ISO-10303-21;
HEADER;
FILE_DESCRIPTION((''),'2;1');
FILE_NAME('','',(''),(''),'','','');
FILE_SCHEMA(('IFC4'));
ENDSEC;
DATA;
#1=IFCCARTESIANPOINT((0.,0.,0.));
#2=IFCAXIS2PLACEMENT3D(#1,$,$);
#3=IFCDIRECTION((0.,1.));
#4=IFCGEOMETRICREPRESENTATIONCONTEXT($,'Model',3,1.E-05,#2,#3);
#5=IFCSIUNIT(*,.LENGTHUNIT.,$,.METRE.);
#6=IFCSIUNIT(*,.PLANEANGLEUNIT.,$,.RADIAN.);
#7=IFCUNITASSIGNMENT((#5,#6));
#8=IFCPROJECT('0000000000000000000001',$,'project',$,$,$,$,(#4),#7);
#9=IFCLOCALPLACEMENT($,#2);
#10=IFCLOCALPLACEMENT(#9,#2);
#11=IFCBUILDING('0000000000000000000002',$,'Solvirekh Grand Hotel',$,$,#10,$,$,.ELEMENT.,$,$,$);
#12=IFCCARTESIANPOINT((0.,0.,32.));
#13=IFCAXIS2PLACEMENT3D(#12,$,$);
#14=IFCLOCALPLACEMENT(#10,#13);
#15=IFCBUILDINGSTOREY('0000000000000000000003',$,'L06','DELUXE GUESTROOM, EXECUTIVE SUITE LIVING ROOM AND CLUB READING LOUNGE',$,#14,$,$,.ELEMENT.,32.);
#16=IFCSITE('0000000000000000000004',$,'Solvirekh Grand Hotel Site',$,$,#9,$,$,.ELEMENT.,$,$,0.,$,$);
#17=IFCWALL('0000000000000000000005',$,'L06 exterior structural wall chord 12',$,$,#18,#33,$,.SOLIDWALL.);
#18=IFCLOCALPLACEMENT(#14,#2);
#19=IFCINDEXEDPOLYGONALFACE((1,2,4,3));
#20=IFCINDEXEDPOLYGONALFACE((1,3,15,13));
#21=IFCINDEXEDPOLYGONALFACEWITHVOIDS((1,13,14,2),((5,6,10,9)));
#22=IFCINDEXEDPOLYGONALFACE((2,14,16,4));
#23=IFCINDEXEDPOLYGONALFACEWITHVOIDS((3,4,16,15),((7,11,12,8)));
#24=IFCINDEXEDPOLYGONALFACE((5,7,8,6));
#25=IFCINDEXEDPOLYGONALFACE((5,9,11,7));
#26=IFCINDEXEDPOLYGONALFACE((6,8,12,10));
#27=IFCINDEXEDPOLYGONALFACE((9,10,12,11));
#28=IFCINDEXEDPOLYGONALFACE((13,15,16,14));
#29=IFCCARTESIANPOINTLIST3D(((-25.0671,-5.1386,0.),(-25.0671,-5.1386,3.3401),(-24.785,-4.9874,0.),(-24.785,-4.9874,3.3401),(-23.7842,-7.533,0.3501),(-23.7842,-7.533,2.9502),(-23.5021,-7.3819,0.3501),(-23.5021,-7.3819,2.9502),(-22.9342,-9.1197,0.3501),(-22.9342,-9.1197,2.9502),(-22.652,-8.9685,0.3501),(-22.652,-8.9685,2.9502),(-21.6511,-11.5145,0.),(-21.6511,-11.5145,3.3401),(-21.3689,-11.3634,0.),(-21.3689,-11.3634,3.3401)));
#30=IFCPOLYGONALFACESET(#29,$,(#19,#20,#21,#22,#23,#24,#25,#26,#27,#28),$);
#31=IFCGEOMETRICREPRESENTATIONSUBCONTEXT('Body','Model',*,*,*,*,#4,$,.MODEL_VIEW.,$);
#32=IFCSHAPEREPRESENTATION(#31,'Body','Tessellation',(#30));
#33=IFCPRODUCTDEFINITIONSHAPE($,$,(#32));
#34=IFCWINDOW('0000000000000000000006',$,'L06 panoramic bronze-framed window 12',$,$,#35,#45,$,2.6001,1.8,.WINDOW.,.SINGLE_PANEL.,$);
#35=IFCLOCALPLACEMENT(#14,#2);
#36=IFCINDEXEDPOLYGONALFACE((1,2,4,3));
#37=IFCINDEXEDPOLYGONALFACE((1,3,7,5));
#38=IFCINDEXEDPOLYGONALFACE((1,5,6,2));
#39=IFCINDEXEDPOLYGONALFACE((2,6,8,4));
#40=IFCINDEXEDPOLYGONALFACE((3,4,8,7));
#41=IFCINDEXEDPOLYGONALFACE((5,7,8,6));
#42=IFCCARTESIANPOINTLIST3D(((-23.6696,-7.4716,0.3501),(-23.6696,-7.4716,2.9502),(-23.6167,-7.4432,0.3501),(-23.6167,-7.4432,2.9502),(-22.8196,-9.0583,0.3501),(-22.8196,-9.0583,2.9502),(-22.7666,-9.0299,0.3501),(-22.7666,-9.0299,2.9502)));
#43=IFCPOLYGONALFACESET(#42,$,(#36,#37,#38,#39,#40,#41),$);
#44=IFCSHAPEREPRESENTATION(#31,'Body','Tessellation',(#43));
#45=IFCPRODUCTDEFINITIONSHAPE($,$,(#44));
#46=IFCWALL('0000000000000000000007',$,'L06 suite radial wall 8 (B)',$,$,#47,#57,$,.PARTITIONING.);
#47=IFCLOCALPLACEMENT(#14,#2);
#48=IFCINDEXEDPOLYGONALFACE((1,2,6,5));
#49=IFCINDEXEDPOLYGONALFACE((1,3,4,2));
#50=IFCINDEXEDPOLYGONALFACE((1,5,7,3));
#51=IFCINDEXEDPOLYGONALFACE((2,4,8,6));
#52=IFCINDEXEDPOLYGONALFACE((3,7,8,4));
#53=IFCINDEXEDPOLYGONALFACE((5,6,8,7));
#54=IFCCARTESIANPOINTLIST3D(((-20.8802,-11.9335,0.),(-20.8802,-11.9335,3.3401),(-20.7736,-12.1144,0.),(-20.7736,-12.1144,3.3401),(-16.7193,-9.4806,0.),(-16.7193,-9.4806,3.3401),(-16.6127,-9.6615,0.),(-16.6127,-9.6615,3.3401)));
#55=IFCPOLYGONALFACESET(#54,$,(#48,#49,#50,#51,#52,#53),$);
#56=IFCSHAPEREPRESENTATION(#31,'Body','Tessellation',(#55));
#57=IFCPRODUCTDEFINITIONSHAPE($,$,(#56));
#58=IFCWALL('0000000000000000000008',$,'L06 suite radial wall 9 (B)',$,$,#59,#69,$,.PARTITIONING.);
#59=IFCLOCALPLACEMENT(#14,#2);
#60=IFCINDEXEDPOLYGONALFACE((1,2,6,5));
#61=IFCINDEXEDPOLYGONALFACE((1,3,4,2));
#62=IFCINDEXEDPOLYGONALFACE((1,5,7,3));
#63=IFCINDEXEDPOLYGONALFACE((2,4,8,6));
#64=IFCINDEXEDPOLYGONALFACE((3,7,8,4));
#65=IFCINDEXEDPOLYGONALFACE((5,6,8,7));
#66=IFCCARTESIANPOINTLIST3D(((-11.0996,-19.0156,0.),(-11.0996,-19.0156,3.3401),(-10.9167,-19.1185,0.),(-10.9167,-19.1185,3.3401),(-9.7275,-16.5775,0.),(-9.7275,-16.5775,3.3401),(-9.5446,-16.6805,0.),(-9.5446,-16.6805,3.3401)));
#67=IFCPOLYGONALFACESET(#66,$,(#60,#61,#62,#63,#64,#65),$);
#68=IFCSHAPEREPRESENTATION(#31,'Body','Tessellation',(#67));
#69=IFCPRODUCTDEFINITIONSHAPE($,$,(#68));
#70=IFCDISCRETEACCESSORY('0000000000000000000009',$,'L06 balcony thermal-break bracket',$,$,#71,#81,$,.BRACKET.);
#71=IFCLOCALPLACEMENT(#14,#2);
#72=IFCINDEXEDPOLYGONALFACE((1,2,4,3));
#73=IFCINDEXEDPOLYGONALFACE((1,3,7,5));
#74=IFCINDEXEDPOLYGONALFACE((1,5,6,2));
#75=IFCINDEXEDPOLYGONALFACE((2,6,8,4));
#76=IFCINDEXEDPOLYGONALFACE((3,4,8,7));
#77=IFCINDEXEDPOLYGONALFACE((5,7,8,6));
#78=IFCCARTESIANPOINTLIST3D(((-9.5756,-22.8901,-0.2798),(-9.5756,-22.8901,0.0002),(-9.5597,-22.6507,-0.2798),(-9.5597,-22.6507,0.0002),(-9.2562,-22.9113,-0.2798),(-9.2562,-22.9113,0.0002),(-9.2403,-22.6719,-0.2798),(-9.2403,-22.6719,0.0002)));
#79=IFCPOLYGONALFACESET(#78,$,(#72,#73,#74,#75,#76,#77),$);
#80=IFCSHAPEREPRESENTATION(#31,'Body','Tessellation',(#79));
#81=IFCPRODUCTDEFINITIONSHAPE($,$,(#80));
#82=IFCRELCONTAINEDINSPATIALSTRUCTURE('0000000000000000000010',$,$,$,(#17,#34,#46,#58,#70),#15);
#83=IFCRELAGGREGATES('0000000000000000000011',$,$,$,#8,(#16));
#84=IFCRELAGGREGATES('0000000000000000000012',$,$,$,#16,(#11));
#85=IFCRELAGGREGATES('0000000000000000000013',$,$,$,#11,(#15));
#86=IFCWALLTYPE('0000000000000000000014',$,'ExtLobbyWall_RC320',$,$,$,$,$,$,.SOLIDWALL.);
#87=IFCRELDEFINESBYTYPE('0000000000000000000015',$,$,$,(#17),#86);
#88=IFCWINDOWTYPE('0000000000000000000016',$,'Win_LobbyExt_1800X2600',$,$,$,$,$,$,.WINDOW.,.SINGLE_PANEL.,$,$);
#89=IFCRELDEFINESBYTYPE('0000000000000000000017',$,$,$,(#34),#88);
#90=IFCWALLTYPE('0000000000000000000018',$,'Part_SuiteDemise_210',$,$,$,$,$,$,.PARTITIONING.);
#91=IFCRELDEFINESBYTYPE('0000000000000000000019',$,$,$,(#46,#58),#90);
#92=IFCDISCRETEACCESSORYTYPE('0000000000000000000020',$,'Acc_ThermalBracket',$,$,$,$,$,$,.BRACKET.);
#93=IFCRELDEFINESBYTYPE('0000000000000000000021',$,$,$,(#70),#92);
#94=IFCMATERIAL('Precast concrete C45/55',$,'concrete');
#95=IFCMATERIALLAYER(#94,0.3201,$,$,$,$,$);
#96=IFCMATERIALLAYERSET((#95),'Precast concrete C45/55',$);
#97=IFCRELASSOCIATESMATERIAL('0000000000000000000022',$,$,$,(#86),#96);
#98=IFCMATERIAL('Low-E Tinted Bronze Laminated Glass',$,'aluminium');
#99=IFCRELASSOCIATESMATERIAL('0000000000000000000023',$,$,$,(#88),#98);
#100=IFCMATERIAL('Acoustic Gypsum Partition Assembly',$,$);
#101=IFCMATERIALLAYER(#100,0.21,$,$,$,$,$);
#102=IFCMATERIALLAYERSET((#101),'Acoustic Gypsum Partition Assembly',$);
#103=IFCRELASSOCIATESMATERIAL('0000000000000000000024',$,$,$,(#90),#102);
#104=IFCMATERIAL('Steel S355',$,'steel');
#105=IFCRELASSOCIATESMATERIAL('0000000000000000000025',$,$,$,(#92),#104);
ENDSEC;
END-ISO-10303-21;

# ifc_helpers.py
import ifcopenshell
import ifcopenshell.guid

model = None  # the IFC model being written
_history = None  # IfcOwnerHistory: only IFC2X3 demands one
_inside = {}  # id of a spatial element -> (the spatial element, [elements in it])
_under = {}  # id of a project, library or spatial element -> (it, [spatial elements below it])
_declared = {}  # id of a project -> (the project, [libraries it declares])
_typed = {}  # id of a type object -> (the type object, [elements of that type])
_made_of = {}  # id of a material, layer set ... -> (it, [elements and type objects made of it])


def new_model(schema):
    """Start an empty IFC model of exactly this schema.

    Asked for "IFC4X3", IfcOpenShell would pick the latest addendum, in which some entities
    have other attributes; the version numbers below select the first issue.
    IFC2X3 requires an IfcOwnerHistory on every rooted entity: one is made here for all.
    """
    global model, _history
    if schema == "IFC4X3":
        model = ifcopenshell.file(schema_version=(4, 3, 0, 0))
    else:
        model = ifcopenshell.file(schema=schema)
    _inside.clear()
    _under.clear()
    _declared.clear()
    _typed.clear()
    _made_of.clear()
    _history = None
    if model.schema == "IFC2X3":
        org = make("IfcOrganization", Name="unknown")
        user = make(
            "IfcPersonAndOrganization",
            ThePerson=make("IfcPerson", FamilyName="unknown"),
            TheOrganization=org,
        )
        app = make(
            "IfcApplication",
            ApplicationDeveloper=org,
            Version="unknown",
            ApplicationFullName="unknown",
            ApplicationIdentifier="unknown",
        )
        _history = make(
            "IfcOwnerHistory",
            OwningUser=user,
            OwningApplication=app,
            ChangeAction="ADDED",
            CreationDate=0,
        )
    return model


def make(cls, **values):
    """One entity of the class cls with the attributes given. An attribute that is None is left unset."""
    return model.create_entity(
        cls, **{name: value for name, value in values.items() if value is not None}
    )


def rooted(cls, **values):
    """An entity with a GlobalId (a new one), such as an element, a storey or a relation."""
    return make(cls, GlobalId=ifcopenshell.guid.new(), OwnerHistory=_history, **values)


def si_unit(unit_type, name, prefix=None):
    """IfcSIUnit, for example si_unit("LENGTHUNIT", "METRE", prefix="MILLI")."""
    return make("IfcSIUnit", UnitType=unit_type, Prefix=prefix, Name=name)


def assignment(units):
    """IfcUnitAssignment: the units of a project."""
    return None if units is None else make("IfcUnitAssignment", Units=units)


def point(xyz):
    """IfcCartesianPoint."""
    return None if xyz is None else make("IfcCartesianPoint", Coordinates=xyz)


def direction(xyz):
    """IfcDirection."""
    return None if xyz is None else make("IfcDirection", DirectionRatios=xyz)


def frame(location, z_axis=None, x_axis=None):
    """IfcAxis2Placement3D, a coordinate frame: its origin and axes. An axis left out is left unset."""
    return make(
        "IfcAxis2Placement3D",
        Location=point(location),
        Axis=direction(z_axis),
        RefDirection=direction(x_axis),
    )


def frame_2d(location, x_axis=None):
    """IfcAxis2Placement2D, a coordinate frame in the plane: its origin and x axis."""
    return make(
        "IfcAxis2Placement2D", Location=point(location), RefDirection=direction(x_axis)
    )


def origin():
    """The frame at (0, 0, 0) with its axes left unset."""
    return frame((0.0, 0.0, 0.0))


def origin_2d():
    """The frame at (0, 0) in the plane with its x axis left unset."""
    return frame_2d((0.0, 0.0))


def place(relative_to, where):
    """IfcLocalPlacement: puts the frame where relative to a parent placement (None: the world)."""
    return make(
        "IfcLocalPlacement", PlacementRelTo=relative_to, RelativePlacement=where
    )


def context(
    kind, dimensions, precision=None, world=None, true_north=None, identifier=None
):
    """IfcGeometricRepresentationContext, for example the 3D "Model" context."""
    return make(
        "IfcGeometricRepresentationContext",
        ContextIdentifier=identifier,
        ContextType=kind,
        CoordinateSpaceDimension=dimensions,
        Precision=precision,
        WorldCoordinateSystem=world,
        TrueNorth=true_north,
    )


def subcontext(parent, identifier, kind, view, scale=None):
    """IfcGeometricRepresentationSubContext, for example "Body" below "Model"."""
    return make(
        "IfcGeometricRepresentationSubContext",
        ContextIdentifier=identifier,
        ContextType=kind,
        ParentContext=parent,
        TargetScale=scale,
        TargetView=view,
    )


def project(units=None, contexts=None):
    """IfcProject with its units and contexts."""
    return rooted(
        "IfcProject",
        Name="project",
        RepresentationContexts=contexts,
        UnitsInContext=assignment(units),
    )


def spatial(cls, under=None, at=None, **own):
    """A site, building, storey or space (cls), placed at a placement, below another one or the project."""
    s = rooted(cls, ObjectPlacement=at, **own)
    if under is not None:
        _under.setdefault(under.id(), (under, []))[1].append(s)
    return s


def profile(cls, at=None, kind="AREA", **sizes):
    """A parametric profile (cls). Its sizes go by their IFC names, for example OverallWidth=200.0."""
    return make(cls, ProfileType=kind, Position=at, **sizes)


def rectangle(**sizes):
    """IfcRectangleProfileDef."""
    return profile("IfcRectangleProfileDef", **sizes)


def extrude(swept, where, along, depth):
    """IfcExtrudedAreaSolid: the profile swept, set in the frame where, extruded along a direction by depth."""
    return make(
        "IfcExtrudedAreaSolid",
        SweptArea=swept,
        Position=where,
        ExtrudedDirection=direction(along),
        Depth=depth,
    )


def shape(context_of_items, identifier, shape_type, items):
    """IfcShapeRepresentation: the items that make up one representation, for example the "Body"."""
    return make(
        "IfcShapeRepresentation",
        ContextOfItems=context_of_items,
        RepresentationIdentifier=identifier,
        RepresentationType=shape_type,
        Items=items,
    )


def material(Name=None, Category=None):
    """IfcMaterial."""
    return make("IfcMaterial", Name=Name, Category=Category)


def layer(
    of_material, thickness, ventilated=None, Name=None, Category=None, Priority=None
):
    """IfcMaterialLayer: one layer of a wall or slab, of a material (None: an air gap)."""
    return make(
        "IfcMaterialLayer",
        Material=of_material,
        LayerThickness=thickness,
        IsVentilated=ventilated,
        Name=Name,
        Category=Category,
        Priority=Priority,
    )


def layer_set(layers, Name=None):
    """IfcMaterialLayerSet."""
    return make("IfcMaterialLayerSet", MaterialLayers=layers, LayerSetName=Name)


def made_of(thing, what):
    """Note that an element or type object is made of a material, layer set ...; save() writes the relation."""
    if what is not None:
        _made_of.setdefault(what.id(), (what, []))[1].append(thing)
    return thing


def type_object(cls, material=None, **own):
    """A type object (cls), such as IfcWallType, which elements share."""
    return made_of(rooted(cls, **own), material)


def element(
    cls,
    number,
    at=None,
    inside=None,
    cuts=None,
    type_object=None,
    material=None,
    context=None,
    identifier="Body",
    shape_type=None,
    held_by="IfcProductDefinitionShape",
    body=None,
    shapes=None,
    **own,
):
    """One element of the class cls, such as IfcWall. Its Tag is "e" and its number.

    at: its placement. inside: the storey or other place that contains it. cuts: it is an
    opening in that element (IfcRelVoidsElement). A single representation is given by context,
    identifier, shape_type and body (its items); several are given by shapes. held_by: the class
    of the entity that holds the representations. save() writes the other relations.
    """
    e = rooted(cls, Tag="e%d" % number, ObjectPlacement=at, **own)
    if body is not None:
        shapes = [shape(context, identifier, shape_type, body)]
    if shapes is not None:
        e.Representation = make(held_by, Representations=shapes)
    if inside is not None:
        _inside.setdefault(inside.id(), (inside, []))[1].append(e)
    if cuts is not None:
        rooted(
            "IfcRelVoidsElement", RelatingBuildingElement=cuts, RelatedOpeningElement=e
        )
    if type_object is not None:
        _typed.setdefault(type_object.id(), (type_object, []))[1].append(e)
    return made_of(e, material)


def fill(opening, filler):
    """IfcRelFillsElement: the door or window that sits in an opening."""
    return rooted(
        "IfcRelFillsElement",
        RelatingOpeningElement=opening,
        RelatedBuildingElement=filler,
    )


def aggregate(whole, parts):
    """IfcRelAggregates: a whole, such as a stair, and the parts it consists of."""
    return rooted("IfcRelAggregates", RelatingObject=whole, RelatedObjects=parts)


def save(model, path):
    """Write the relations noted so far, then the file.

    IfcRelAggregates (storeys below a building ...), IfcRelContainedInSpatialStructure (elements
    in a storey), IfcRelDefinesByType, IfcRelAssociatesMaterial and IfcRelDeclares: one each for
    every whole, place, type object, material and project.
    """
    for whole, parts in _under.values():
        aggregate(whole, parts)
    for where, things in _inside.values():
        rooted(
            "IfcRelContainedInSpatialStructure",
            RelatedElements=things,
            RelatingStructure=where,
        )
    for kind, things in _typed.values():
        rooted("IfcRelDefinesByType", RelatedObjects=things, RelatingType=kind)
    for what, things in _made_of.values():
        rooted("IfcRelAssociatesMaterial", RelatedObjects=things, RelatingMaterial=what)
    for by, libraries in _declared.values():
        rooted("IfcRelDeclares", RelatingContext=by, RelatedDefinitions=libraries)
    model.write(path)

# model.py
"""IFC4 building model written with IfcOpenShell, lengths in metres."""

from ifc_helpers import new_model, si_unit, direction, frame, frame_2d, origin, origin_2d, place, context, subcontext, project, spatial, rectangle, extrude, material, layer, layer_set, type_object, element, fill, save


model = new_model("IFC4")

# Units and contexts
model_context = context("Model", 3, precision=1e-05, world=origin(), true_north=direction((0.0, 1.0)))
body_context = subcontext(model_context, "Body", "Model", "MODEL_VIEW")
ifc_project = project(units=[si_unit("LENGTHUNIT", "METRE"), si_unit("PLANEANGLEUNIT", "RADIAN")], contexts=[model_context])

# Site, building, storey
site_placement = place(None, origin())
site = spatial("IfcSite", under=ifc_project, at=site_placement, Name="Solvirekh Grand Hotel Site", CompositionType="ELEMENT", RefElevation=0.0)
building_placement = place(site_placement, origin())
building = spatial("IfcBuilding", under=site, at=building_placement, Name="Solvirekh Grand Hotel", CompositionType="ELEMENT")
storey_placement = place(building_placement, frame((0.0, 0.0, 32.0)))
storey = spatial("IfcBuildingStorey", under=building, at=storey_placement, Name="L06", Description="DELUXE GUESTROOM, EXECUTIVE SUITE LIVING ROOM AND CLUB READING LOUNGE", CompositionType="ELEMENT", Elevation=32.0)

# Shared definitions
ifc_material_1 = material(Name="Steel S355", Category="steel")

# Shared definitions
ifc_material_2 = material(Name="Low-E Tinted Bronze Laminated Glass", Category="aluminium")

# Wall, opening, window
ifc_material_3 = material(Name="Precast concrete C45/55", Category="concrete")
ifc_layer_1 = layer(ifc_material_3, 0.3201)
ifc_layer_set_1 = layer_set([ifc_layer_1], Name="Precast concrete C45/55")
wall_type_1 = type_object("IfcWallType", Name="ExtLobbyWall_RC320", PredefinedType="SOLIDWALL", material=ifc_layer_set_1)
wall_1_placement = place(storey_placement, frame((-21.51, -11.439, 0.0), z_axis=(0.0, 0.0, 1.0), x_axis=(-0.472255, 0.881462, 0.0)))
wall_1 = element("IfcWall", 1, at=wall_1_placement, inside=storey, type_object=wall_type_1, Name="L06 exterior structural wall chord 12", PredefinedType="SOLIDWALL", context=body_context, shape_type="SweptSolid", body=[
    extrude(rectangle(XDim=7.2334, YDim=0.3201, at=frame_2d((3.6167, 0.0))), origin(), (0.0, 0.0, 1.0), 3.3401),
])
opening_placement = place(wall_1_placement, frame((2.717, 0.0, 0.3501)))
opening = element("IfcOpeningElement", 2, at=opening_placement, cuts=wall_1, PredefinedType="OPENING", context=body_context, shape_type="SweptSolid", body=[
    extrude(rectangle(XDim=1.8, YDim=2.6001, at=frame_2d((0.8999, 1.3))), frame((0.0, 0.1699, 0.0), z_axis=(0.0, -1.0, 0.0), x_axis=(1.0, 0.0, 0.0)), (0.0, 0.0, 1.0), 0.3401),
])
window_type = type_object("IfcWindowType", Name="Win_LobbyExt_1800X2600", PartitioningType="SINGLE_PANEL", PredefinedType="WINDOW", material=ifc_material_2)
window_placement = place(opening_placement, origin())
window = element("IfcWindow", 3, at=window_placement, inside=storey, type_object=window_type, Name="L06 panoramic bronze-framed window 12", OverallHeight=2.6001, OverallWidth=1.8, PartitioningType="SINGLE_PANEL", PredefinedType="WINDOW", context=body_context, shape_type="SweptSolid", body=[
    extrude(rectangle(XDim=1.8, YDim=2.6001, at=frame_2d((0.8999, 1.3))), frame((0.0, 0.03, 0.0), z_axis=(0.0, -1.0, 0.0), x_axis=(1.0, 0.0, 0.0)), (0.0, 0.0, 1.0), 0.0601),
])
fill(opening, window)

# Walls
ifc_material_4 = material(Name="Acoustic Gypsum Partition Assembly")
ifc_layer_2 = layer(ifc_material_4, 0.21)
ifc_layer_set_2 = layer_set([ifc_layer_2], Name="Acoustic Gypsum Partition Assembly")
wall_type_2 = type_object("IfcWallType", Name="Part_SuiteDemise_210", PredefinedType="PARTITIONING", material=ifc_layer_set_2)
wall_2_placement = place(storey_placement, frame((-16.666, -9.571, 0.0), z_axis=(0.0, 0.0, 1.0), x_axis=(-0.861454, -0.507835, 0.0)))
element("IfcWall", 4, at=wall_2_placement, inside=storey, type_object=wall_type_2, Name="L06 suite radial wall 8 (B)", PredefinedType="PARTITIONING", context=body_context, shape_type="SweptSolid", body=[
    extrude(rectangle(XDim=4.8301, YDim=0.21, at=frame_2d((2.415, 0.0))), origin(), (0.0, 0.0, 1.0), 3.3401),
])
wall_3_placement = place(storey_placement, frame((-9.636, -16.6289, 0.0), z_axis=(0.0, 0.0, 1.0), x_axis=(-0.490452, -0.871468, 0.0)))
element("IfcWall", 5, at=wall_3_placement, inside=storey, type_object=wall_type_2, Name="L06 suite radial wall 9 (B)", PredefinedType="PARTITIONING", context=body_context, shape_type="SweptSolid", body=[
    extrude(rectangle(XDim=2.7976, YDim=0.21, at=frame_2d((1.3989, 0.0))), origin(), (0.0, 0.0, 1.0), 3.3401),
])

# Discrete accessory
discrete_accessory_type = type_object("IfcDiscreteAccessoryType", Name="Acc_ThermalBracket", PredefinedType="BRACKET", material=ifc_material_1)
discrete_accessory_placement = place(storey_placement, frame((-9.408, -22.781, -0.2798), z_axis=(0.0, 0.0, 1.0), x_axis=(0.997801, -0.066274, 0.0)))
element("IfcDiscreteAccessory", 6, at=discrete_accessory_placement, inside=storey, type_object=discrete_accessory_type, Name="L06 balcony thermal-break bracket", PredefinedType="BRACKET", context=body_context, shape_type="SweptSolid", body=[
    extrude(rectangle(XDim=0.3201, YDim=0.24, at=origin_2d()), origin(), (0.0, 0.0, 1.0), 0.28),
])

save(model, "model.ifc")
